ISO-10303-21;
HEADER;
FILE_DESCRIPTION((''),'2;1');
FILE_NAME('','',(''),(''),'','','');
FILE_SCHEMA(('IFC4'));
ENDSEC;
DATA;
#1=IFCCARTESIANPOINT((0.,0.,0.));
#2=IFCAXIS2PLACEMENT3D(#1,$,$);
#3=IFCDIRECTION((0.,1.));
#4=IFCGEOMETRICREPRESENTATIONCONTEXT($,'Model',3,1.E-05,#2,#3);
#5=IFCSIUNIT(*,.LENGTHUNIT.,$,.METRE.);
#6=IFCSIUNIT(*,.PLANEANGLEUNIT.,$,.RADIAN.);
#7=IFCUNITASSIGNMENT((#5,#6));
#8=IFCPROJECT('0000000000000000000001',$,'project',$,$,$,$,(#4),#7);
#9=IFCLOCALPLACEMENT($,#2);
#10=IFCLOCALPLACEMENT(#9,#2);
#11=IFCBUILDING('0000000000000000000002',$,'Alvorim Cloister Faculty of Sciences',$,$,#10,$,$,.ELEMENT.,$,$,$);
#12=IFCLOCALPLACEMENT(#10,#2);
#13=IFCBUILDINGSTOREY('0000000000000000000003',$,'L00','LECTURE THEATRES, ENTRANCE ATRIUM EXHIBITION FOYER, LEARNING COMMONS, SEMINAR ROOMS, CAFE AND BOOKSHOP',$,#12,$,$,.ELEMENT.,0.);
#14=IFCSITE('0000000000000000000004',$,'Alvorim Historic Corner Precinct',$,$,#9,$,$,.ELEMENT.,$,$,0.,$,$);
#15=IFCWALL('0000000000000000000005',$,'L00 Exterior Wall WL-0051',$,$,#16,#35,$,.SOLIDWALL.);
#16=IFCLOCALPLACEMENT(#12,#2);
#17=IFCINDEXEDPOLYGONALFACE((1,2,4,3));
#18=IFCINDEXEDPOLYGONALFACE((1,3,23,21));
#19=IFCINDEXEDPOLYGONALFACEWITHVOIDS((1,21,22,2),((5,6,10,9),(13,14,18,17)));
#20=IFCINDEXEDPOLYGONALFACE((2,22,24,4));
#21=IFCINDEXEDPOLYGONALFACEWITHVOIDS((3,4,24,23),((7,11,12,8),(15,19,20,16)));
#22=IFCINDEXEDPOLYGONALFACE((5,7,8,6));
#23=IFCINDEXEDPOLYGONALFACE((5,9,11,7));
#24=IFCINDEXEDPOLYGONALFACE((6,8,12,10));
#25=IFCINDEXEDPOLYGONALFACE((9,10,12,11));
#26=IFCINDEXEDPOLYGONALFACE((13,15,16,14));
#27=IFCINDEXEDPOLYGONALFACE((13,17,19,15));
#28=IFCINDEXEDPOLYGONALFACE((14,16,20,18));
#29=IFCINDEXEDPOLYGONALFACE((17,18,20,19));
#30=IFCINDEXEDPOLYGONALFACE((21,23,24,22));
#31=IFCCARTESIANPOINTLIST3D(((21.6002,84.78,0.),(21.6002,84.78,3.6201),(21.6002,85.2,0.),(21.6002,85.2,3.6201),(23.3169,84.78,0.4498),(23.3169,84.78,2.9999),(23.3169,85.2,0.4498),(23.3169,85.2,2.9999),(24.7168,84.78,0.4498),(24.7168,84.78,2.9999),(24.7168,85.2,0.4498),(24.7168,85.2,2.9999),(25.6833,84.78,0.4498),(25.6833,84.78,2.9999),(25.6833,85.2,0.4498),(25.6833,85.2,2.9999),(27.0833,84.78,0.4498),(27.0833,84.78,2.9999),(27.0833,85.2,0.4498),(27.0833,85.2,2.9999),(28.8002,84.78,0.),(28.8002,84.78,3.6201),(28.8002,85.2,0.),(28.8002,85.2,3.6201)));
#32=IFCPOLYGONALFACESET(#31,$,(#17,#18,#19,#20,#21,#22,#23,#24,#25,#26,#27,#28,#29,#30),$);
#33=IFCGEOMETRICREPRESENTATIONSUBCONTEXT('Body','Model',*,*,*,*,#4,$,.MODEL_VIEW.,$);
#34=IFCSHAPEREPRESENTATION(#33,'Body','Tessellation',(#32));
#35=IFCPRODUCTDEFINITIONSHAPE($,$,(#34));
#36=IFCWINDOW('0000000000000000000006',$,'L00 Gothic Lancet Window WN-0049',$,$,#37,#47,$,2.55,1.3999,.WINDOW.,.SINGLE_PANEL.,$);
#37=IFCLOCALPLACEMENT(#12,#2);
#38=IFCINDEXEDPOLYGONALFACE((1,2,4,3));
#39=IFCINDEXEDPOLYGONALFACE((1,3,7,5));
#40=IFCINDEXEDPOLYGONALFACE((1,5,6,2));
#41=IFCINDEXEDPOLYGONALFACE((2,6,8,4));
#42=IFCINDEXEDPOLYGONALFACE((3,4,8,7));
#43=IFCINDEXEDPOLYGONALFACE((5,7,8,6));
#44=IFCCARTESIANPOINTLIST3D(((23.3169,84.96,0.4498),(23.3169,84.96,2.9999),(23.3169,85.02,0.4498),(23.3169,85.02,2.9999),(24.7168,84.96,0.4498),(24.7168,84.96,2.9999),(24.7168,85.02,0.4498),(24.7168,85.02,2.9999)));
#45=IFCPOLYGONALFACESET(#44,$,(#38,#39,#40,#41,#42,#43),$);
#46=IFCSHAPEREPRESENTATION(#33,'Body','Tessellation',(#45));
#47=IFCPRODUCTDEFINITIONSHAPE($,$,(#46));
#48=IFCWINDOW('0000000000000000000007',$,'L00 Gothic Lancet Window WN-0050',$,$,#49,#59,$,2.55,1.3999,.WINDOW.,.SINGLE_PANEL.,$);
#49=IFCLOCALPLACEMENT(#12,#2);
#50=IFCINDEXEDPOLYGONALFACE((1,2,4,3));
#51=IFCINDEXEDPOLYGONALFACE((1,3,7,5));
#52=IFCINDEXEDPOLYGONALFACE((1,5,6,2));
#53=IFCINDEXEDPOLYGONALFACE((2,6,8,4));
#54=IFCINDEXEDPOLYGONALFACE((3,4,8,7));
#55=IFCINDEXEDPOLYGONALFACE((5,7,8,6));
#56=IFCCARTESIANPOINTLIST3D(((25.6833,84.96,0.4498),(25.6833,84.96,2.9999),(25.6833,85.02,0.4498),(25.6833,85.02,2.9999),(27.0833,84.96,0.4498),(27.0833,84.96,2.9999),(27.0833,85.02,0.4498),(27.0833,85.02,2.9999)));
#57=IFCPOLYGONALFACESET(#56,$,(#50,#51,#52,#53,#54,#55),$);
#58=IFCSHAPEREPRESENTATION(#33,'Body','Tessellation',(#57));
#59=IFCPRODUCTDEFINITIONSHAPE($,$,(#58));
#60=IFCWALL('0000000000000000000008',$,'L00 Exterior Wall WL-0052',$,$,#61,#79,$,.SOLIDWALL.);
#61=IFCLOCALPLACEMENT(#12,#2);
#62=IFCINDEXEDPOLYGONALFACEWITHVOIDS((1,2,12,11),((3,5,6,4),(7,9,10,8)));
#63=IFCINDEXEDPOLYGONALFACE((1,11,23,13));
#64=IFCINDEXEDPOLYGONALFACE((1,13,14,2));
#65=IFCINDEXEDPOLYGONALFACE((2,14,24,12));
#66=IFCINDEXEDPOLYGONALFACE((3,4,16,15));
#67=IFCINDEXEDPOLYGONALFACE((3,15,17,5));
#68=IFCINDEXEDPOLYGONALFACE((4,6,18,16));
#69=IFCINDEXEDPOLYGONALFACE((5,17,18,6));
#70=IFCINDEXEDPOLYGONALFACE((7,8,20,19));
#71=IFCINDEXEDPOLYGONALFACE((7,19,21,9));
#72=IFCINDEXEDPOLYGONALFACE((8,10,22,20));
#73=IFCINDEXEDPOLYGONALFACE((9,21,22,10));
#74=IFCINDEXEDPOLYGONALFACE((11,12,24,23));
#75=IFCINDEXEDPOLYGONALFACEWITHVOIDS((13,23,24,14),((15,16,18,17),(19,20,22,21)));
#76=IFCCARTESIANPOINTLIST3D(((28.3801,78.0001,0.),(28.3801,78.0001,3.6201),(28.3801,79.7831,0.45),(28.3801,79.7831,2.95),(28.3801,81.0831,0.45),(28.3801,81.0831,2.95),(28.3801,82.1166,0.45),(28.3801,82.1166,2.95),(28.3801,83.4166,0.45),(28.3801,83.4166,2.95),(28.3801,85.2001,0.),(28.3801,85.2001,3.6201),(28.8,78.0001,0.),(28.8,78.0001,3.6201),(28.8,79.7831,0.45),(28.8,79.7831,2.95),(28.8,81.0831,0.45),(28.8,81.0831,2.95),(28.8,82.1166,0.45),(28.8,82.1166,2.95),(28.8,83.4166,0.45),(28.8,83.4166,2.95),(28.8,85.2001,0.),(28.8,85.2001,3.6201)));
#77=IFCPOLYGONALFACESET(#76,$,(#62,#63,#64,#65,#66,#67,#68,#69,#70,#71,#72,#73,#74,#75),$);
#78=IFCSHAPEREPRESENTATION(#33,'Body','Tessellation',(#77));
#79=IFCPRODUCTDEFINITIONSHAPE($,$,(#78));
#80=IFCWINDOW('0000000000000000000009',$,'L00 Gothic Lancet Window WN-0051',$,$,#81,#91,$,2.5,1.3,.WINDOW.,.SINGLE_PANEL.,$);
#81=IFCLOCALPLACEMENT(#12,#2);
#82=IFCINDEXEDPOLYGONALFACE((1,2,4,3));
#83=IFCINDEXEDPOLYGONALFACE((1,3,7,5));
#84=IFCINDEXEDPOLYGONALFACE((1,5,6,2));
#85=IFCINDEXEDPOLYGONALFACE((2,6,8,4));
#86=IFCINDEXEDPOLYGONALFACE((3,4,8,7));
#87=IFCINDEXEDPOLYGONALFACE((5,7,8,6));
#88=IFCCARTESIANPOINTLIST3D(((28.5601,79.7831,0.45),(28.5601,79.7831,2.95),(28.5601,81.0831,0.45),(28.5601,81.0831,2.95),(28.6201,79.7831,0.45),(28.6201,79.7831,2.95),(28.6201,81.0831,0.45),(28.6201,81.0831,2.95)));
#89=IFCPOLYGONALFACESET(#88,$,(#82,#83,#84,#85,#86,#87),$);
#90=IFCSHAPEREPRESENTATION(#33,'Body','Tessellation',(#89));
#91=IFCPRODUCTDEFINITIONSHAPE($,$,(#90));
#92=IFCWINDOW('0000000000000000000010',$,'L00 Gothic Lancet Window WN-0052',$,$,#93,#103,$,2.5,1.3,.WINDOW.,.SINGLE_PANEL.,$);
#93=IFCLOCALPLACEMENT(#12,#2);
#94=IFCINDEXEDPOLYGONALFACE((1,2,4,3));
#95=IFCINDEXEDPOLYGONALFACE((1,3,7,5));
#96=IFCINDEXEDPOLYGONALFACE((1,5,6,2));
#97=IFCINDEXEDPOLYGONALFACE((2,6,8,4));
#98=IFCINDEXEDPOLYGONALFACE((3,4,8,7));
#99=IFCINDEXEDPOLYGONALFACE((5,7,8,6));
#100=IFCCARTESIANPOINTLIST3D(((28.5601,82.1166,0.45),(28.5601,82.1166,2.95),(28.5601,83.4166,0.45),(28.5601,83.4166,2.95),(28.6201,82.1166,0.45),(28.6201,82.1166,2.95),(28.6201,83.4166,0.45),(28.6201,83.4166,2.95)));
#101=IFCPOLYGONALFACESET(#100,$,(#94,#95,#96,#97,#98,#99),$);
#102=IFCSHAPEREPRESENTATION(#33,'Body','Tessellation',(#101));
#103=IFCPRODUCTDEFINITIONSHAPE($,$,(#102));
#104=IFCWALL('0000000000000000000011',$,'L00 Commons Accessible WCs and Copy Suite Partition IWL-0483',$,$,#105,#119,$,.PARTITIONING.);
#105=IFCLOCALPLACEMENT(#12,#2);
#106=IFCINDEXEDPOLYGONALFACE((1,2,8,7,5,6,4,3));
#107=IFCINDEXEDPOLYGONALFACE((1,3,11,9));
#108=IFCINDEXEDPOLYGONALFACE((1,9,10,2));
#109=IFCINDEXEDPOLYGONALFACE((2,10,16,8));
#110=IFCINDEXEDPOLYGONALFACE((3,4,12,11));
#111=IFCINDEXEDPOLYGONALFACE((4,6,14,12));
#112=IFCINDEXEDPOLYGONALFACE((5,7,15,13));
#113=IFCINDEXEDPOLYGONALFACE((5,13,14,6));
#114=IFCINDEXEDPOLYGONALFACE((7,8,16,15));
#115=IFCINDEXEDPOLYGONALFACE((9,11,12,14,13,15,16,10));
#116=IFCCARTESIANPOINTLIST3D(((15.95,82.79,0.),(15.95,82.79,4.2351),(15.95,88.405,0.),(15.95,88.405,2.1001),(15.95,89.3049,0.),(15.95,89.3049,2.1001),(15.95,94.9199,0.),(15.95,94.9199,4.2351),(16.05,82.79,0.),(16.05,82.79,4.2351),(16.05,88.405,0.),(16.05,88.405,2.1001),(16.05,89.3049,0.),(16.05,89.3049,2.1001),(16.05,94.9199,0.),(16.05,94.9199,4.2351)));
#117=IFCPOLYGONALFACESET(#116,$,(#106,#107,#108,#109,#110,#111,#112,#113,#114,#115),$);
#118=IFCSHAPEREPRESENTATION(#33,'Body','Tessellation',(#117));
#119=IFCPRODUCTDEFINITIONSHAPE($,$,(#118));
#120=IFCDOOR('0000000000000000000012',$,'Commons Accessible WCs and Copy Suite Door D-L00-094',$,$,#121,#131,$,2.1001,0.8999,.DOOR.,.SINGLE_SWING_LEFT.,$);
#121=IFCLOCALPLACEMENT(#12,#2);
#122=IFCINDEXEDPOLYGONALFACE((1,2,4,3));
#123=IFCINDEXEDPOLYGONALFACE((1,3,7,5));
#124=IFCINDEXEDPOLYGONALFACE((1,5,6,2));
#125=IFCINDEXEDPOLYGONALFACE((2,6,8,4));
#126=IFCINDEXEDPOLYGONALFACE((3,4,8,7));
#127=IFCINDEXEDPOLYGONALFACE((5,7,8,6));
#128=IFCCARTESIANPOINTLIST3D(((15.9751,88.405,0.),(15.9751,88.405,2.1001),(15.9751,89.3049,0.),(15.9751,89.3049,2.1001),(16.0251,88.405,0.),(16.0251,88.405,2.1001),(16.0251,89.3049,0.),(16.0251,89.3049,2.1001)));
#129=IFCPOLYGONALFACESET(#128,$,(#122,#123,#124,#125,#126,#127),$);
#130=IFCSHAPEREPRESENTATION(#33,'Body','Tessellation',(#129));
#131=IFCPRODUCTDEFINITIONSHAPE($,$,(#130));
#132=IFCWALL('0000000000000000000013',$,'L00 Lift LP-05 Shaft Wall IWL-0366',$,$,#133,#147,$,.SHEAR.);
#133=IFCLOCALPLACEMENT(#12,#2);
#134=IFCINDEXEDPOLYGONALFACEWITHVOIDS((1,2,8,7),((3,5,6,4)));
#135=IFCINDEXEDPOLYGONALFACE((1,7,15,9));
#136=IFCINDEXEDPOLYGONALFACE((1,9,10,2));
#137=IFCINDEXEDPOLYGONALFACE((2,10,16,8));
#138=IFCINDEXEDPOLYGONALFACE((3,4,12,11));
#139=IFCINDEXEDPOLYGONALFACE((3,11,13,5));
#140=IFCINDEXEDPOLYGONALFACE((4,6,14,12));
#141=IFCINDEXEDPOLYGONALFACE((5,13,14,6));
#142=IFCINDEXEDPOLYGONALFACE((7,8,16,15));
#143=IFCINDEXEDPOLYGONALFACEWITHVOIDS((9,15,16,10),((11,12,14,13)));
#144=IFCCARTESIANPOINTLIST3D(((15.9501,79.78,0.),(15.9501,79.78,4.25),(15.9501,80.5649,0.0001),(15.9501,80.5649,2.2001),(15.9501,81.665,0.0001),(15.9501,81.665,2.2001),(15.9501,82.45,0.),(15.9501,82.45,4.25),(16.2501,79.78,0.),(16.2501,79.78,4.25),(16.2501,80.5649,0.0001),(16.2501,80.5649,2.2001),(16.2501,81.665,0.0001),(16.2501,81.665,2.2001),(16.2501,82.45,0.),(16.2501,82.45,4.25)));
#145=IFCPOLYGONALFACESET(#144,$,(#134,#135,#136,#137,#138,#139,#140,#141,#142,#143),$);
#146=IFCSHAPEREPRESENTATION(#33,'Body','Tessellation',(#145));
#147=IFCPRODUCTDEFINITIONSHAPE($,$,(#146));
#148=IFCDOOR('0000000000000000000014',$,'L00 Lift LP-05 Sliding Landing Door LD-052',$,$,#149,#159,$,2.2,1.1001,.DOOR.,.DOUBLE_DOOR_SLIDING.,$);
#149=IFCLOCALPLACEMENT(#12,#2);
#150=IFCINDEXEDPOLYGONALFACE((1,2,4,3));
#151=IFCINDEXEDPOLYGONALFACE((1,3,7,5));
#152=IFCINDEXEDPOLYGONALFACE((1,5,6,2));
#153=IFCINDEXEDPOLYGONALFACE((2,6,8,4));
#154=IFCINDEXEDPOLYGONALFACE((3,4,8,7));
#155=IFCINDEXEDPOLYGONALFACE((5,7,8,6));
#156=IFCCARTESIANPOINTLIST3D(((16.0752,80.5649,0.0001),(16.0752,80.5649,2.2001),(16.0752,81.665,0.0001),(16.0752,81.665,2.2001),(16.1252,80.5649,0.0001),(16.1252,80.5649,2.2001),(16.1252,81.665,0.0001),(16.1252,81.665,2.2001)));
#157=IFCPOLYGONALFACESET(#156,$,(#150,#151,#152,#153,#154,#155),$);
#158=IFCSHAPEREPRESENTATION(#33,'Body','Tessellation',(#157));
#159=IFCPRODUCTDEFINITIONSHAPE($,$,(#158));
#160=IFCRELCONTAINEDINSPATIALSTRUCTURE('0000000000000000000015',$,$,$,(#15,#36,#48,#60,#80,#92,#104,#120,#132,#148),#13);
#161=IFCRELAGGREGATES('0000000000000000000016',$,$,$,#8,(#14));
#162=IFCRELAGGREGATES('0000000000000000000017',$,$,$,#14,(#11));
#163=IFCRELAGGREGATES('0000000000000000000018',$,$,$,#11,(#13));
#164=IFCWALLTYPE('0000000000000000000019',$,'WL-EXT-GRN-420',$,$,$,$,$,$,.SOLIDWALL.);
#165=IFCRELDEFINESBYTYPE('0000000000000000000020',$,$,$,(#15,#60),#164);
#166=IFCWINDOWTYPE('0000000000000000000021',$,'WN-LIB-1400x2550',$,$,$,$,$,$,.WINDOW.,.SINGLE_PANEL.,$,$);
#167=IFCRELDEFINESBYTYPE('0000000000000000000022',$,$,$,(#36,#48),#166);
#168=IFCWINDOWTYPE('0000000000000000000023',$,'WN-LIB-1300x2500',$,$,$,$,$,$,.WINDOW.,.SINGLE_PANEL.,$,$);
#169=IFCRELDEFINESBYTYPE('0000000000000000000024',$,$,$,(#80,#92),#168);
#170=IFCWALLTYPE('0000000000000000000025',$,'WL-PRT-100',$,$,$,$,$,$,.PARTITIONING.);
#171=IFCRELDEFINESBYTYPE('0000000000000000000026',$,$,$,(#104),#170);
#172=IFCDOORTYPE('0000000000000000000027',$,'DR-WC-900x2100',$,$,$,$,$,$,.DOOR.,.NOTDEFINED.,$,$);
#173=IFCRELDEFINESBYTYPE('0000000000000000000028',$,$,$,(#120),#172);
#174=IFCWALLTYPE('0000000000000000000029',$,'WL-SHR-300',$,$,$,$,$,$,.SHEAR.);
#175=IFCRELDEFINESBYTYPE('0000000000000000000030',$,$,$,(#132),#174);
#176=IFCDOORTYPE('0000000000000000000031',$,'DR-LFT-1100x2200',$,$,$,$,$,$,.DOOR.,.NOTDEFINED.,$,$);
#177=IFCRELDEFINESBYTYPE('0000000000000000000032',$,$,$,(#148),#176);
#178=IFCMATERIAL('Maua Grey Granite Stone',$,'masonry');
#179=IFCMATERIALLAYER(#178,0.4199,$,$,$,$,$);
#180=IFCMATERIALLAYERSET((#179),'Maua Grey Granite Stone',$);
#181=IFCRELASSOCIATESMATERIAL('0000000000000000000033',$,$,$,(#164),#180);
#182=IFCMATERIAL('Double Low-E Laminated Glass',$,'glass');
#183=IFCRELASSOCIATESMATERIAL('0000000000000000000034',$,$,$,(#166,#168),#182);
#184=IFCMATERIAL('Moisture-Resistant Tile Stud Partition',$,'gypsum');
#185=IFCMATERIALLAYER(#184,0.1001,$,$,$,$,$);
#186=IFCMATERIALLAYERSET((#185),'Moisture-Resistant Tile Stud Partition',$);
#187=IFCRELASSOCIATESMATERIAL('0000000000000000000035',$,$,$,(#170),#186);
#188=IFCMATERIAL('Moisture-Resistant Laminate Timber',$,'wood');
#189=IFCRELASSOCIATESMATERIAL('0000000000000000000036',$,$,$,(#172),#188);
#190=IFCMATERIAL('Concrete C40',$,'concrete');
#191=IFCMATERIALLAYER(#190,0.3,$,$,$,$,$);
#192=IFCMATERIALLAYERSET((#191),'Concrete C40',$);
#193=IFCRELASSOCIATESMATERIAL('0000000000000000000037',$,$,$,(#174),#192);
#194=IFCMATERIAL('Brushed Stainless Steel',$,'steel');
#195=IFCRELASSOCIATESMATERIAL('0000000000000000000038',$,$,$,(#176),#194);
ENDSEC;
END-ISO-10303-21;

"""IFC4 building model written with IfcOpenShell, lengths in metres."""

from ifc_helpers import new_model, si_unit, direction, frame, frame_2d, origin, place, context, subcontext, project, spatial, rectangle, extrude, material, layer, layer_set, type_object, element, fill, save


model = new_model("IFC4")

# Units and contexts
model_context = context("Model", 3, precision=1e-05, world=origin(), true_north=direction((0.0, 1.0)))
body_context = subcontext(model_context, "Body", "Model", "MODEL_VIEW")
ifc_project = project(units=[si_unit("LENGTHUNIT", "METRE"), si_unit("PLANEANGLEUNIT", "RADIAN")], contexts=[model_context])

# Site, building, storey
site_placement = place(None, origin())
site = spatial("IfcSite", under=ifc_project, at=site_placement, Name="Alvorim Historic Corner Precinct", CompositionType="ELEMENT", RefElevation=0.0)
building_placement = place(site_placement, origin())
building = spatial("IfcBuilding", under=site, at=building_placement, Name="Alvorim Cloister Faculty of Sciences", CompositionType="ELEMENT")
storey_placement = place(building_placement, origin())
storey = spatial("IfcBuildingStorey", under=building, at=storey_placement, Name="L00", Description="LECTURE THEATRES, ENTRANCE ATRIUM EXHIBITION FOYER, LEARNING COMMONS, SEMINAR ROOMS, CAFE AND BOOKSHOP", CompositionType="ELEMENT", Elevation=0.0)

# Shared definitions
ifc_material_1 = material(Name="Concrete C40", Category="concrete")
ifc_material_2 = material(Name="Maua Grey Granite Stone", Category="masonry")

# Walls, openings, windows
ifc_layer_1 = layer(ifc_material_2, 0.4199)
ifc_layer_set_1 = layer_set([ifc_layer_1], Name="Maua Grey Granite Stone")
wall_type_1 = type_object("IfcWallType", Name="WL-EXT-GRN-420", PredefinedType="SOLIDWALL", material=ifc_layer_set_1)
ifc_material_3 = material(Name="Double Low-E Laminated Glass", Category="glass")
wall_1_placement = place(storey_placement, frame((21.6001, 84.99, 0.0), z_axis=(0.0, 0.0, 1.0), x_axis=(1.0, 0.0, 0.0)))
wall_1 = element("IfcWall", 1, at=wall_1_placement, inside=storey, type_object=wall_type_1, Name="L00 Exterior Wall WL-0051", PredefinedType="SOLIDWALL", context=body_context, shape_type="SweptSolid", body=[
    extrude(rectangle(XDim=7.2, YDim=0.4199, at=frame_2d((3.6001, 0.0))), origin(), (0.0, 0.0, 1.0), 3.6201),
])
opening_1_placement = place(wall_1_placement, frame((1.7168, 0.0, 0.45)))
opening_1 = element("IfcOpeningElement", 2, at=opening_1_placement, cuts=wall_1, PredefinedType="OPENING", context=body_context, shape_type="SweptSolid", body=[
    extrude(rectangle(XDim=1.3999, YDim=2.55, at=frame_2d((0.7, 1.2749))), frame((0.0, 0.2219, 0.0), z_axis=(0.0, -1.0, 0.0), x_axis=(1.0, 0.0, 0.0)), (0.0, 0.0, 1.0), 0.4438),
])
opening_2_placement = place(wall_1_placement, frame((4.0833, 0.0, 0.45)))
opening_2 = element("IfcOpeningElement", 3, at=opening_2_placement, cuts=wall_1, PredefinedType="OPENING", context=body_context, shape_type="SweptSolid", body=[
    extrude(rectangle(XDim=1.3999, YDim=2.55, at=frame_2d((0.7, 1.2749))), frame((0.0, 0.2219, 0.0), z_axis=(0.0, -1.0, 0.0), x_axis=(1.0, 0.0, 0.0)), (0.0, 0.0, 1.0), 0.4438),
])
window_type_1 = type_object("IfcWindowType", Name="WN-LIB-1400x2550", PartitioningType="SINGLE_PANEL", PredefinedType="WINDOW", material=ifc_material_3)
window_1_placement = place(opening_1_placement, origin())
window_1 = element("IfcWindow", 4, at=window_1_placement, inside=storey, type_object=window_type_1, Name="L00 Gothic Lancet Window WN-0049", OverallHeight=2.55, OverallWidth=1.3999, PartitioningType="SINGLE_PANEL", PredefinedType="WINDOW", context=body_context, shape_type="SweptSolid", body=[
    extrude(rectangle(XDim=1.3999, YDim=2.55, at=frame_2d((0.7, 1.2749))), frame((0.0, 0.03, 0.0), z_axis=(0.0, -1.0, 0.0), x_axis=(1.0, 0.0, 0.0)), (0.0, 0.0, 1.0), 0.0601),
])
fill(opening_1, window_1)
window_2_placement = place(opening_2_placement, origin())
window_2 = element("IfcWindow", 5, at=window_2_placement, inside=storey, type_object=window_type_1, Name="L00 Gothic Lancet Window WN-0050", OverallHeight=2.55, OverallWidth=1.3999, PartitioningType="SINGLE_PANEL", PredefinedType="WINDOW", context=body_context, shape_type="SweptSolid", body=[
    extrude(rectangle(XDim=1.3999, YDim=2.55, at=frame_2d((0.7, 1.2749))), frame((0.0, 0.03, 0.0), z_axis=(0.0, -1.0, 0.0), x_axis=(1.0, 0.0, 0.0)), (0.0, 0.0, 1.0), 0.0601),
])
fill(opening_2, window_2)
wall_2_placement = place(storey_placement, frame((28.5901, 78.0, 0.0), z_axis=(0.0, 0.0, 1.0), x_axis=(0.0, 1.0, 0.0)))
wall_2 = element("IfcWall", 6, at=wall_2_placement, inside=storey, type_object=wall_type_1, Name="L00 Exterior Wall WL-0052", PredefinedType="SOLIDWALL", context=body_context, shape_type="SweptSolid", body=[
    extrude(rectangle(XDim=7.2, YDim=0.4199, at=frame_2d((3.6001, 0.0))), origin(), (0.0, 0.0, 1.0), 3.6201),
])
opening_3_placement = place(wall_2_placement, frame((1.7832, 0.0, 0.45)))
opening_3 = element("IfcOpeningElement", 7, at=opening_3_placement, cuts=wall_2, PredefinedType="OPENING", context=body_context, shape_type="SweptSolid", body=[
    extrude(rectangle(XDim=1.3, YDim=2.5, at=frame_2d((0.6499, 1.25))), frame((0.0, 0.2219, 0.0), z_axis=(0.0, -1.0, 0.0), x_axis=(1.0, 0.0, 0.0)), (0.0, 0.0, 1.0), 0.4438),
])
opening_4_placement = place(wall_2_placement, frame((4.1167, 0.0, 0.45)))
opening_4 = element("IfcOpeningElement", 8, at=opening_4_placement, cuts=wall_2, PredefinedType="OPENING", context=body_context, shape_type="SweptSolid", body=[
    extrude(rectangle(XDim=1.3, YDim=2.5, at=frame_2d((0.6499, 1.25))), frame((0.0, 0.2219, 0.0), z_axis=(0.0, -1.0, 0.0), x_axis=(1.0, 0.0, 0.0)), (0.0, 0.0, 1.0), 0.4438),
])
window_type_2 = type_object("IfcWindowType", Name="WN-LIB-1300x2500", PartitioningType="SINGLE_PANEL", PredefinedType="WINDOW", material=ifc_material_3)
window_3_placement = place(opening_3_placement, origin())
window_3 = element("IfcWindow", 9, at=window_3_placement, inside=storey, type_object=window_type_2, Name="L00 Gothic Lancet Window WN-0051", OverallHeight=2.5, OverallWidth=1.3, PartitioningType="SINGLE_PANEL", PredefinedType="WINDOW", context=body_context, shape_type="SweptSolid", body=[
    extrude(rectangle(XDim=1.3, YDim=2.5, at=frame_2d((0.6499, 1.25))), frame((0.0, 0.03, 0.0), z_axis=(0.0, -1.0, 0.0), x_axis=(1.0, 0.0, 0.0)), (0.0, 0.0, 1.0), 0.0601),
])
fill(opening_3, window_3)
window_4_placement = place(opening_4_placement, origin())
window_4 = element("IfcWindow", 10, at=window_4_placement, inside=storey, type_object=window_type_2, Name="L00 Gothic Lancet Window WN-0052", OverallHeight=2.5, OverallWidth=1.3, PartitioningType="SINGLE_PANEL", PredefinedType="WINDOW", context=body_context, shape_type="SweptSolid", body=[
    extrude(rectangle(XDim=1.3, YDim=2.5, at=frame_2d((0.6499, 1.25))), frame((0.0, 0.03, 0.0), z_axis=(0.0, -1.0, 0.0), x_axis=(1.0, 0.0, 0.0)), (0.0, 0.0, 1.0), 0.0601),
])
fill(opening_4, window_4)

# Walls, openings, doors
ifc_material_4 = material(Name="Moisture-Resistant Tile Stud Partition", Category="gypsum")
ifc_layer_2 = layer(ifc_material_4, 0.1001)
ifc_layer_set_2 = layer_set([ifc_layer_2], Name="Moisture-Resistant Tile Stud Partition")
wall_type_2 = type_object("IfcWallType", Name="WL-PRT-100", PredefinedType="PARTITIONING", material=ifc_layer_set_2)
wall_3_placement = place(storey_placement, frame((16.0, 82.79, 0.0), z_axis=(0.0, 0.0, 1.0), x_axis=(0.0, 1.0, 0.0)))
wall_3 = element("IfcWall", 11, at=wall_3_placement, inside=storey, type_object=wall_type_2, Name="L00 Commons Accessible WCs and Copy Suite Partition IWL-0483", PredefinedType="PARTITIONING", context=body_context, shape_type="SweptSolid", body=[
    extrude(rectangle(XDim=12.1299, YDim=0.1001, at=frame_2d((6.0649, 0.0))), origin(), (0.0, 0.0, 1.0), 4.2351),
])
opening_5_placement = place(wall_3_placement, frame((5.615, 0.0, 0.0)))
opening_5 = element("IfcOpeningElement", 12, at=opening_5_placement, cuts=wall_3, PredefinedType="OPENING", context=body_context, shape_type="SweptSolid", body=[
    extrude(rectangle(XDim=0.8999, YDim=2.1001, at=frame_2d((0.45, 1.05))), frame((0.0, 0.062, 0.0), z_axis=(0.0, -1.0, 0.0), x_axis=(1.0, 0.0, 0.0)), (0.0, 0.0, 1.0), 0.124),
])
ifc_material_5 = material(Name="Moisture-Resistant Laminate Timber", Category="wood")
door_type_1 = type_object("IfcDoorType", Name="DR-WC-900x2100", OperationType="NOTDEFINED", PredefinedType="DOOR", material=ifc_material_5)
door_1_placement = place(opening_5_placement, origin())
door_1 = element("IfcDoor", 13, at=door_1_placement, inside=storey, type_object=door_type_1, Name="Commons Accessible WCs and Copy Suite Door D-L00-094", OperationType="SINGLE_SWING_LEFT", OverallHeight=2.1001, OverallWidth=0.8999, PredefinedType="DOOR", context=body_context, shape_type="SweptSolid", body=[
    extrude(rectangle(XDim=0.8999, YDim=2.1001, at=frame_2d((0.45, 1.05))), frame((0.0, 0.0249, 0.0), z_axis=(0.0, -1.0, 0.0), x_axis=(1.0, 0.0, 0.0)), (0.0, 0.0, 1.0), 0.05),
])
fill(opening_5, door_1)
ifc_layer_3 = layer(ifc_material_1, 0.3)
ifc_layer_set_3 = layer_set([ifc_layer_3], Name="Concrete C40")
wall_type_3 = type_object("IfcWallType", Name="WL-SHR-300", PredefinedType="SHEAR", material=ifc_layer_set_3)
wall_4_placement = place(storey_placement, frame((16.1001, 79.78, 0.0), z_axis=(0.0, 0.0, 1.0), x_axis=(0.0, 1.0, 0.0)))
wall_4 = element("IfcWall", 14, at=wall_4_placement, inside=storey, type_object=wall_type_3, Name="L00 Lift LP-05 Shaft Wall IWL-0366", PredefinedType="SHEAR", context=body_context, shape_type="SweptSolid", body=[
    extrude(rectangle(XDim=2.6699, YDim=0.3, at=frame_2d((1.335, 0.0))), origin(), (0.0, 0.0, 1.0), 4.25),
])
opening_6_placement = place(wall_4_placement, frame((0.7849, 0.0, 0.0)))
opening_6 = element("IfcOpeningElement", 15, at=opening_6_placement, cuts=wall_4, PredefinedType="OPENING", context=body_context, shape_type="SweptSolid", body=[
    extrude(rectangle(XDim=1.1001, YDim=2.2, at=frame_2d((0.55, 1.1001))), frame((0.0, 0.1621, 0.0), z_axis=(0.0, -1.0, 0.0), x_axis=(1.0, 0.0, 0.0)), (0.0, 0.0, 1.0), 0.324),
])
ifc_material_6 = material(Name="Brushed Stainless Steel", Category="steel")
door_type_2 = type_object("IfcDoorType", Name="DR-LFT-1100x2200", OperationType="NOTDEFINED", PredefinedType="DOOR", material=ifc_material_6)
door_2_placement = place(opening_6_placement, origin())
door_2 = element("IfcDoor", 16, at=door_2_placement, inside=storey, type_object=door_type_2, Name="L00 Lift LP-05 Sliding Landing Door LD-052", OperationType="DOUBLE_DOOR_SLIDING", OverallHeight=2.2, OverallWidth=1.1001, PredefinedType="DOOR", context=body_context, shape_type="SweptSolid", body=[
    extrude(rectangle(XDim=1.1001, YDim=2.2, at=frame_2d((0.55, 1.1001))), frame((0.0, 0.0249, 0.0), z_axis=(0.0, -1.0, 0.0), x_axis=(1.0, 0.0, 0.0)), (0.0, 0.0, 1.0), 0.05),
])
fill(opening_6, door_2)

save(model, "model.ifc")
